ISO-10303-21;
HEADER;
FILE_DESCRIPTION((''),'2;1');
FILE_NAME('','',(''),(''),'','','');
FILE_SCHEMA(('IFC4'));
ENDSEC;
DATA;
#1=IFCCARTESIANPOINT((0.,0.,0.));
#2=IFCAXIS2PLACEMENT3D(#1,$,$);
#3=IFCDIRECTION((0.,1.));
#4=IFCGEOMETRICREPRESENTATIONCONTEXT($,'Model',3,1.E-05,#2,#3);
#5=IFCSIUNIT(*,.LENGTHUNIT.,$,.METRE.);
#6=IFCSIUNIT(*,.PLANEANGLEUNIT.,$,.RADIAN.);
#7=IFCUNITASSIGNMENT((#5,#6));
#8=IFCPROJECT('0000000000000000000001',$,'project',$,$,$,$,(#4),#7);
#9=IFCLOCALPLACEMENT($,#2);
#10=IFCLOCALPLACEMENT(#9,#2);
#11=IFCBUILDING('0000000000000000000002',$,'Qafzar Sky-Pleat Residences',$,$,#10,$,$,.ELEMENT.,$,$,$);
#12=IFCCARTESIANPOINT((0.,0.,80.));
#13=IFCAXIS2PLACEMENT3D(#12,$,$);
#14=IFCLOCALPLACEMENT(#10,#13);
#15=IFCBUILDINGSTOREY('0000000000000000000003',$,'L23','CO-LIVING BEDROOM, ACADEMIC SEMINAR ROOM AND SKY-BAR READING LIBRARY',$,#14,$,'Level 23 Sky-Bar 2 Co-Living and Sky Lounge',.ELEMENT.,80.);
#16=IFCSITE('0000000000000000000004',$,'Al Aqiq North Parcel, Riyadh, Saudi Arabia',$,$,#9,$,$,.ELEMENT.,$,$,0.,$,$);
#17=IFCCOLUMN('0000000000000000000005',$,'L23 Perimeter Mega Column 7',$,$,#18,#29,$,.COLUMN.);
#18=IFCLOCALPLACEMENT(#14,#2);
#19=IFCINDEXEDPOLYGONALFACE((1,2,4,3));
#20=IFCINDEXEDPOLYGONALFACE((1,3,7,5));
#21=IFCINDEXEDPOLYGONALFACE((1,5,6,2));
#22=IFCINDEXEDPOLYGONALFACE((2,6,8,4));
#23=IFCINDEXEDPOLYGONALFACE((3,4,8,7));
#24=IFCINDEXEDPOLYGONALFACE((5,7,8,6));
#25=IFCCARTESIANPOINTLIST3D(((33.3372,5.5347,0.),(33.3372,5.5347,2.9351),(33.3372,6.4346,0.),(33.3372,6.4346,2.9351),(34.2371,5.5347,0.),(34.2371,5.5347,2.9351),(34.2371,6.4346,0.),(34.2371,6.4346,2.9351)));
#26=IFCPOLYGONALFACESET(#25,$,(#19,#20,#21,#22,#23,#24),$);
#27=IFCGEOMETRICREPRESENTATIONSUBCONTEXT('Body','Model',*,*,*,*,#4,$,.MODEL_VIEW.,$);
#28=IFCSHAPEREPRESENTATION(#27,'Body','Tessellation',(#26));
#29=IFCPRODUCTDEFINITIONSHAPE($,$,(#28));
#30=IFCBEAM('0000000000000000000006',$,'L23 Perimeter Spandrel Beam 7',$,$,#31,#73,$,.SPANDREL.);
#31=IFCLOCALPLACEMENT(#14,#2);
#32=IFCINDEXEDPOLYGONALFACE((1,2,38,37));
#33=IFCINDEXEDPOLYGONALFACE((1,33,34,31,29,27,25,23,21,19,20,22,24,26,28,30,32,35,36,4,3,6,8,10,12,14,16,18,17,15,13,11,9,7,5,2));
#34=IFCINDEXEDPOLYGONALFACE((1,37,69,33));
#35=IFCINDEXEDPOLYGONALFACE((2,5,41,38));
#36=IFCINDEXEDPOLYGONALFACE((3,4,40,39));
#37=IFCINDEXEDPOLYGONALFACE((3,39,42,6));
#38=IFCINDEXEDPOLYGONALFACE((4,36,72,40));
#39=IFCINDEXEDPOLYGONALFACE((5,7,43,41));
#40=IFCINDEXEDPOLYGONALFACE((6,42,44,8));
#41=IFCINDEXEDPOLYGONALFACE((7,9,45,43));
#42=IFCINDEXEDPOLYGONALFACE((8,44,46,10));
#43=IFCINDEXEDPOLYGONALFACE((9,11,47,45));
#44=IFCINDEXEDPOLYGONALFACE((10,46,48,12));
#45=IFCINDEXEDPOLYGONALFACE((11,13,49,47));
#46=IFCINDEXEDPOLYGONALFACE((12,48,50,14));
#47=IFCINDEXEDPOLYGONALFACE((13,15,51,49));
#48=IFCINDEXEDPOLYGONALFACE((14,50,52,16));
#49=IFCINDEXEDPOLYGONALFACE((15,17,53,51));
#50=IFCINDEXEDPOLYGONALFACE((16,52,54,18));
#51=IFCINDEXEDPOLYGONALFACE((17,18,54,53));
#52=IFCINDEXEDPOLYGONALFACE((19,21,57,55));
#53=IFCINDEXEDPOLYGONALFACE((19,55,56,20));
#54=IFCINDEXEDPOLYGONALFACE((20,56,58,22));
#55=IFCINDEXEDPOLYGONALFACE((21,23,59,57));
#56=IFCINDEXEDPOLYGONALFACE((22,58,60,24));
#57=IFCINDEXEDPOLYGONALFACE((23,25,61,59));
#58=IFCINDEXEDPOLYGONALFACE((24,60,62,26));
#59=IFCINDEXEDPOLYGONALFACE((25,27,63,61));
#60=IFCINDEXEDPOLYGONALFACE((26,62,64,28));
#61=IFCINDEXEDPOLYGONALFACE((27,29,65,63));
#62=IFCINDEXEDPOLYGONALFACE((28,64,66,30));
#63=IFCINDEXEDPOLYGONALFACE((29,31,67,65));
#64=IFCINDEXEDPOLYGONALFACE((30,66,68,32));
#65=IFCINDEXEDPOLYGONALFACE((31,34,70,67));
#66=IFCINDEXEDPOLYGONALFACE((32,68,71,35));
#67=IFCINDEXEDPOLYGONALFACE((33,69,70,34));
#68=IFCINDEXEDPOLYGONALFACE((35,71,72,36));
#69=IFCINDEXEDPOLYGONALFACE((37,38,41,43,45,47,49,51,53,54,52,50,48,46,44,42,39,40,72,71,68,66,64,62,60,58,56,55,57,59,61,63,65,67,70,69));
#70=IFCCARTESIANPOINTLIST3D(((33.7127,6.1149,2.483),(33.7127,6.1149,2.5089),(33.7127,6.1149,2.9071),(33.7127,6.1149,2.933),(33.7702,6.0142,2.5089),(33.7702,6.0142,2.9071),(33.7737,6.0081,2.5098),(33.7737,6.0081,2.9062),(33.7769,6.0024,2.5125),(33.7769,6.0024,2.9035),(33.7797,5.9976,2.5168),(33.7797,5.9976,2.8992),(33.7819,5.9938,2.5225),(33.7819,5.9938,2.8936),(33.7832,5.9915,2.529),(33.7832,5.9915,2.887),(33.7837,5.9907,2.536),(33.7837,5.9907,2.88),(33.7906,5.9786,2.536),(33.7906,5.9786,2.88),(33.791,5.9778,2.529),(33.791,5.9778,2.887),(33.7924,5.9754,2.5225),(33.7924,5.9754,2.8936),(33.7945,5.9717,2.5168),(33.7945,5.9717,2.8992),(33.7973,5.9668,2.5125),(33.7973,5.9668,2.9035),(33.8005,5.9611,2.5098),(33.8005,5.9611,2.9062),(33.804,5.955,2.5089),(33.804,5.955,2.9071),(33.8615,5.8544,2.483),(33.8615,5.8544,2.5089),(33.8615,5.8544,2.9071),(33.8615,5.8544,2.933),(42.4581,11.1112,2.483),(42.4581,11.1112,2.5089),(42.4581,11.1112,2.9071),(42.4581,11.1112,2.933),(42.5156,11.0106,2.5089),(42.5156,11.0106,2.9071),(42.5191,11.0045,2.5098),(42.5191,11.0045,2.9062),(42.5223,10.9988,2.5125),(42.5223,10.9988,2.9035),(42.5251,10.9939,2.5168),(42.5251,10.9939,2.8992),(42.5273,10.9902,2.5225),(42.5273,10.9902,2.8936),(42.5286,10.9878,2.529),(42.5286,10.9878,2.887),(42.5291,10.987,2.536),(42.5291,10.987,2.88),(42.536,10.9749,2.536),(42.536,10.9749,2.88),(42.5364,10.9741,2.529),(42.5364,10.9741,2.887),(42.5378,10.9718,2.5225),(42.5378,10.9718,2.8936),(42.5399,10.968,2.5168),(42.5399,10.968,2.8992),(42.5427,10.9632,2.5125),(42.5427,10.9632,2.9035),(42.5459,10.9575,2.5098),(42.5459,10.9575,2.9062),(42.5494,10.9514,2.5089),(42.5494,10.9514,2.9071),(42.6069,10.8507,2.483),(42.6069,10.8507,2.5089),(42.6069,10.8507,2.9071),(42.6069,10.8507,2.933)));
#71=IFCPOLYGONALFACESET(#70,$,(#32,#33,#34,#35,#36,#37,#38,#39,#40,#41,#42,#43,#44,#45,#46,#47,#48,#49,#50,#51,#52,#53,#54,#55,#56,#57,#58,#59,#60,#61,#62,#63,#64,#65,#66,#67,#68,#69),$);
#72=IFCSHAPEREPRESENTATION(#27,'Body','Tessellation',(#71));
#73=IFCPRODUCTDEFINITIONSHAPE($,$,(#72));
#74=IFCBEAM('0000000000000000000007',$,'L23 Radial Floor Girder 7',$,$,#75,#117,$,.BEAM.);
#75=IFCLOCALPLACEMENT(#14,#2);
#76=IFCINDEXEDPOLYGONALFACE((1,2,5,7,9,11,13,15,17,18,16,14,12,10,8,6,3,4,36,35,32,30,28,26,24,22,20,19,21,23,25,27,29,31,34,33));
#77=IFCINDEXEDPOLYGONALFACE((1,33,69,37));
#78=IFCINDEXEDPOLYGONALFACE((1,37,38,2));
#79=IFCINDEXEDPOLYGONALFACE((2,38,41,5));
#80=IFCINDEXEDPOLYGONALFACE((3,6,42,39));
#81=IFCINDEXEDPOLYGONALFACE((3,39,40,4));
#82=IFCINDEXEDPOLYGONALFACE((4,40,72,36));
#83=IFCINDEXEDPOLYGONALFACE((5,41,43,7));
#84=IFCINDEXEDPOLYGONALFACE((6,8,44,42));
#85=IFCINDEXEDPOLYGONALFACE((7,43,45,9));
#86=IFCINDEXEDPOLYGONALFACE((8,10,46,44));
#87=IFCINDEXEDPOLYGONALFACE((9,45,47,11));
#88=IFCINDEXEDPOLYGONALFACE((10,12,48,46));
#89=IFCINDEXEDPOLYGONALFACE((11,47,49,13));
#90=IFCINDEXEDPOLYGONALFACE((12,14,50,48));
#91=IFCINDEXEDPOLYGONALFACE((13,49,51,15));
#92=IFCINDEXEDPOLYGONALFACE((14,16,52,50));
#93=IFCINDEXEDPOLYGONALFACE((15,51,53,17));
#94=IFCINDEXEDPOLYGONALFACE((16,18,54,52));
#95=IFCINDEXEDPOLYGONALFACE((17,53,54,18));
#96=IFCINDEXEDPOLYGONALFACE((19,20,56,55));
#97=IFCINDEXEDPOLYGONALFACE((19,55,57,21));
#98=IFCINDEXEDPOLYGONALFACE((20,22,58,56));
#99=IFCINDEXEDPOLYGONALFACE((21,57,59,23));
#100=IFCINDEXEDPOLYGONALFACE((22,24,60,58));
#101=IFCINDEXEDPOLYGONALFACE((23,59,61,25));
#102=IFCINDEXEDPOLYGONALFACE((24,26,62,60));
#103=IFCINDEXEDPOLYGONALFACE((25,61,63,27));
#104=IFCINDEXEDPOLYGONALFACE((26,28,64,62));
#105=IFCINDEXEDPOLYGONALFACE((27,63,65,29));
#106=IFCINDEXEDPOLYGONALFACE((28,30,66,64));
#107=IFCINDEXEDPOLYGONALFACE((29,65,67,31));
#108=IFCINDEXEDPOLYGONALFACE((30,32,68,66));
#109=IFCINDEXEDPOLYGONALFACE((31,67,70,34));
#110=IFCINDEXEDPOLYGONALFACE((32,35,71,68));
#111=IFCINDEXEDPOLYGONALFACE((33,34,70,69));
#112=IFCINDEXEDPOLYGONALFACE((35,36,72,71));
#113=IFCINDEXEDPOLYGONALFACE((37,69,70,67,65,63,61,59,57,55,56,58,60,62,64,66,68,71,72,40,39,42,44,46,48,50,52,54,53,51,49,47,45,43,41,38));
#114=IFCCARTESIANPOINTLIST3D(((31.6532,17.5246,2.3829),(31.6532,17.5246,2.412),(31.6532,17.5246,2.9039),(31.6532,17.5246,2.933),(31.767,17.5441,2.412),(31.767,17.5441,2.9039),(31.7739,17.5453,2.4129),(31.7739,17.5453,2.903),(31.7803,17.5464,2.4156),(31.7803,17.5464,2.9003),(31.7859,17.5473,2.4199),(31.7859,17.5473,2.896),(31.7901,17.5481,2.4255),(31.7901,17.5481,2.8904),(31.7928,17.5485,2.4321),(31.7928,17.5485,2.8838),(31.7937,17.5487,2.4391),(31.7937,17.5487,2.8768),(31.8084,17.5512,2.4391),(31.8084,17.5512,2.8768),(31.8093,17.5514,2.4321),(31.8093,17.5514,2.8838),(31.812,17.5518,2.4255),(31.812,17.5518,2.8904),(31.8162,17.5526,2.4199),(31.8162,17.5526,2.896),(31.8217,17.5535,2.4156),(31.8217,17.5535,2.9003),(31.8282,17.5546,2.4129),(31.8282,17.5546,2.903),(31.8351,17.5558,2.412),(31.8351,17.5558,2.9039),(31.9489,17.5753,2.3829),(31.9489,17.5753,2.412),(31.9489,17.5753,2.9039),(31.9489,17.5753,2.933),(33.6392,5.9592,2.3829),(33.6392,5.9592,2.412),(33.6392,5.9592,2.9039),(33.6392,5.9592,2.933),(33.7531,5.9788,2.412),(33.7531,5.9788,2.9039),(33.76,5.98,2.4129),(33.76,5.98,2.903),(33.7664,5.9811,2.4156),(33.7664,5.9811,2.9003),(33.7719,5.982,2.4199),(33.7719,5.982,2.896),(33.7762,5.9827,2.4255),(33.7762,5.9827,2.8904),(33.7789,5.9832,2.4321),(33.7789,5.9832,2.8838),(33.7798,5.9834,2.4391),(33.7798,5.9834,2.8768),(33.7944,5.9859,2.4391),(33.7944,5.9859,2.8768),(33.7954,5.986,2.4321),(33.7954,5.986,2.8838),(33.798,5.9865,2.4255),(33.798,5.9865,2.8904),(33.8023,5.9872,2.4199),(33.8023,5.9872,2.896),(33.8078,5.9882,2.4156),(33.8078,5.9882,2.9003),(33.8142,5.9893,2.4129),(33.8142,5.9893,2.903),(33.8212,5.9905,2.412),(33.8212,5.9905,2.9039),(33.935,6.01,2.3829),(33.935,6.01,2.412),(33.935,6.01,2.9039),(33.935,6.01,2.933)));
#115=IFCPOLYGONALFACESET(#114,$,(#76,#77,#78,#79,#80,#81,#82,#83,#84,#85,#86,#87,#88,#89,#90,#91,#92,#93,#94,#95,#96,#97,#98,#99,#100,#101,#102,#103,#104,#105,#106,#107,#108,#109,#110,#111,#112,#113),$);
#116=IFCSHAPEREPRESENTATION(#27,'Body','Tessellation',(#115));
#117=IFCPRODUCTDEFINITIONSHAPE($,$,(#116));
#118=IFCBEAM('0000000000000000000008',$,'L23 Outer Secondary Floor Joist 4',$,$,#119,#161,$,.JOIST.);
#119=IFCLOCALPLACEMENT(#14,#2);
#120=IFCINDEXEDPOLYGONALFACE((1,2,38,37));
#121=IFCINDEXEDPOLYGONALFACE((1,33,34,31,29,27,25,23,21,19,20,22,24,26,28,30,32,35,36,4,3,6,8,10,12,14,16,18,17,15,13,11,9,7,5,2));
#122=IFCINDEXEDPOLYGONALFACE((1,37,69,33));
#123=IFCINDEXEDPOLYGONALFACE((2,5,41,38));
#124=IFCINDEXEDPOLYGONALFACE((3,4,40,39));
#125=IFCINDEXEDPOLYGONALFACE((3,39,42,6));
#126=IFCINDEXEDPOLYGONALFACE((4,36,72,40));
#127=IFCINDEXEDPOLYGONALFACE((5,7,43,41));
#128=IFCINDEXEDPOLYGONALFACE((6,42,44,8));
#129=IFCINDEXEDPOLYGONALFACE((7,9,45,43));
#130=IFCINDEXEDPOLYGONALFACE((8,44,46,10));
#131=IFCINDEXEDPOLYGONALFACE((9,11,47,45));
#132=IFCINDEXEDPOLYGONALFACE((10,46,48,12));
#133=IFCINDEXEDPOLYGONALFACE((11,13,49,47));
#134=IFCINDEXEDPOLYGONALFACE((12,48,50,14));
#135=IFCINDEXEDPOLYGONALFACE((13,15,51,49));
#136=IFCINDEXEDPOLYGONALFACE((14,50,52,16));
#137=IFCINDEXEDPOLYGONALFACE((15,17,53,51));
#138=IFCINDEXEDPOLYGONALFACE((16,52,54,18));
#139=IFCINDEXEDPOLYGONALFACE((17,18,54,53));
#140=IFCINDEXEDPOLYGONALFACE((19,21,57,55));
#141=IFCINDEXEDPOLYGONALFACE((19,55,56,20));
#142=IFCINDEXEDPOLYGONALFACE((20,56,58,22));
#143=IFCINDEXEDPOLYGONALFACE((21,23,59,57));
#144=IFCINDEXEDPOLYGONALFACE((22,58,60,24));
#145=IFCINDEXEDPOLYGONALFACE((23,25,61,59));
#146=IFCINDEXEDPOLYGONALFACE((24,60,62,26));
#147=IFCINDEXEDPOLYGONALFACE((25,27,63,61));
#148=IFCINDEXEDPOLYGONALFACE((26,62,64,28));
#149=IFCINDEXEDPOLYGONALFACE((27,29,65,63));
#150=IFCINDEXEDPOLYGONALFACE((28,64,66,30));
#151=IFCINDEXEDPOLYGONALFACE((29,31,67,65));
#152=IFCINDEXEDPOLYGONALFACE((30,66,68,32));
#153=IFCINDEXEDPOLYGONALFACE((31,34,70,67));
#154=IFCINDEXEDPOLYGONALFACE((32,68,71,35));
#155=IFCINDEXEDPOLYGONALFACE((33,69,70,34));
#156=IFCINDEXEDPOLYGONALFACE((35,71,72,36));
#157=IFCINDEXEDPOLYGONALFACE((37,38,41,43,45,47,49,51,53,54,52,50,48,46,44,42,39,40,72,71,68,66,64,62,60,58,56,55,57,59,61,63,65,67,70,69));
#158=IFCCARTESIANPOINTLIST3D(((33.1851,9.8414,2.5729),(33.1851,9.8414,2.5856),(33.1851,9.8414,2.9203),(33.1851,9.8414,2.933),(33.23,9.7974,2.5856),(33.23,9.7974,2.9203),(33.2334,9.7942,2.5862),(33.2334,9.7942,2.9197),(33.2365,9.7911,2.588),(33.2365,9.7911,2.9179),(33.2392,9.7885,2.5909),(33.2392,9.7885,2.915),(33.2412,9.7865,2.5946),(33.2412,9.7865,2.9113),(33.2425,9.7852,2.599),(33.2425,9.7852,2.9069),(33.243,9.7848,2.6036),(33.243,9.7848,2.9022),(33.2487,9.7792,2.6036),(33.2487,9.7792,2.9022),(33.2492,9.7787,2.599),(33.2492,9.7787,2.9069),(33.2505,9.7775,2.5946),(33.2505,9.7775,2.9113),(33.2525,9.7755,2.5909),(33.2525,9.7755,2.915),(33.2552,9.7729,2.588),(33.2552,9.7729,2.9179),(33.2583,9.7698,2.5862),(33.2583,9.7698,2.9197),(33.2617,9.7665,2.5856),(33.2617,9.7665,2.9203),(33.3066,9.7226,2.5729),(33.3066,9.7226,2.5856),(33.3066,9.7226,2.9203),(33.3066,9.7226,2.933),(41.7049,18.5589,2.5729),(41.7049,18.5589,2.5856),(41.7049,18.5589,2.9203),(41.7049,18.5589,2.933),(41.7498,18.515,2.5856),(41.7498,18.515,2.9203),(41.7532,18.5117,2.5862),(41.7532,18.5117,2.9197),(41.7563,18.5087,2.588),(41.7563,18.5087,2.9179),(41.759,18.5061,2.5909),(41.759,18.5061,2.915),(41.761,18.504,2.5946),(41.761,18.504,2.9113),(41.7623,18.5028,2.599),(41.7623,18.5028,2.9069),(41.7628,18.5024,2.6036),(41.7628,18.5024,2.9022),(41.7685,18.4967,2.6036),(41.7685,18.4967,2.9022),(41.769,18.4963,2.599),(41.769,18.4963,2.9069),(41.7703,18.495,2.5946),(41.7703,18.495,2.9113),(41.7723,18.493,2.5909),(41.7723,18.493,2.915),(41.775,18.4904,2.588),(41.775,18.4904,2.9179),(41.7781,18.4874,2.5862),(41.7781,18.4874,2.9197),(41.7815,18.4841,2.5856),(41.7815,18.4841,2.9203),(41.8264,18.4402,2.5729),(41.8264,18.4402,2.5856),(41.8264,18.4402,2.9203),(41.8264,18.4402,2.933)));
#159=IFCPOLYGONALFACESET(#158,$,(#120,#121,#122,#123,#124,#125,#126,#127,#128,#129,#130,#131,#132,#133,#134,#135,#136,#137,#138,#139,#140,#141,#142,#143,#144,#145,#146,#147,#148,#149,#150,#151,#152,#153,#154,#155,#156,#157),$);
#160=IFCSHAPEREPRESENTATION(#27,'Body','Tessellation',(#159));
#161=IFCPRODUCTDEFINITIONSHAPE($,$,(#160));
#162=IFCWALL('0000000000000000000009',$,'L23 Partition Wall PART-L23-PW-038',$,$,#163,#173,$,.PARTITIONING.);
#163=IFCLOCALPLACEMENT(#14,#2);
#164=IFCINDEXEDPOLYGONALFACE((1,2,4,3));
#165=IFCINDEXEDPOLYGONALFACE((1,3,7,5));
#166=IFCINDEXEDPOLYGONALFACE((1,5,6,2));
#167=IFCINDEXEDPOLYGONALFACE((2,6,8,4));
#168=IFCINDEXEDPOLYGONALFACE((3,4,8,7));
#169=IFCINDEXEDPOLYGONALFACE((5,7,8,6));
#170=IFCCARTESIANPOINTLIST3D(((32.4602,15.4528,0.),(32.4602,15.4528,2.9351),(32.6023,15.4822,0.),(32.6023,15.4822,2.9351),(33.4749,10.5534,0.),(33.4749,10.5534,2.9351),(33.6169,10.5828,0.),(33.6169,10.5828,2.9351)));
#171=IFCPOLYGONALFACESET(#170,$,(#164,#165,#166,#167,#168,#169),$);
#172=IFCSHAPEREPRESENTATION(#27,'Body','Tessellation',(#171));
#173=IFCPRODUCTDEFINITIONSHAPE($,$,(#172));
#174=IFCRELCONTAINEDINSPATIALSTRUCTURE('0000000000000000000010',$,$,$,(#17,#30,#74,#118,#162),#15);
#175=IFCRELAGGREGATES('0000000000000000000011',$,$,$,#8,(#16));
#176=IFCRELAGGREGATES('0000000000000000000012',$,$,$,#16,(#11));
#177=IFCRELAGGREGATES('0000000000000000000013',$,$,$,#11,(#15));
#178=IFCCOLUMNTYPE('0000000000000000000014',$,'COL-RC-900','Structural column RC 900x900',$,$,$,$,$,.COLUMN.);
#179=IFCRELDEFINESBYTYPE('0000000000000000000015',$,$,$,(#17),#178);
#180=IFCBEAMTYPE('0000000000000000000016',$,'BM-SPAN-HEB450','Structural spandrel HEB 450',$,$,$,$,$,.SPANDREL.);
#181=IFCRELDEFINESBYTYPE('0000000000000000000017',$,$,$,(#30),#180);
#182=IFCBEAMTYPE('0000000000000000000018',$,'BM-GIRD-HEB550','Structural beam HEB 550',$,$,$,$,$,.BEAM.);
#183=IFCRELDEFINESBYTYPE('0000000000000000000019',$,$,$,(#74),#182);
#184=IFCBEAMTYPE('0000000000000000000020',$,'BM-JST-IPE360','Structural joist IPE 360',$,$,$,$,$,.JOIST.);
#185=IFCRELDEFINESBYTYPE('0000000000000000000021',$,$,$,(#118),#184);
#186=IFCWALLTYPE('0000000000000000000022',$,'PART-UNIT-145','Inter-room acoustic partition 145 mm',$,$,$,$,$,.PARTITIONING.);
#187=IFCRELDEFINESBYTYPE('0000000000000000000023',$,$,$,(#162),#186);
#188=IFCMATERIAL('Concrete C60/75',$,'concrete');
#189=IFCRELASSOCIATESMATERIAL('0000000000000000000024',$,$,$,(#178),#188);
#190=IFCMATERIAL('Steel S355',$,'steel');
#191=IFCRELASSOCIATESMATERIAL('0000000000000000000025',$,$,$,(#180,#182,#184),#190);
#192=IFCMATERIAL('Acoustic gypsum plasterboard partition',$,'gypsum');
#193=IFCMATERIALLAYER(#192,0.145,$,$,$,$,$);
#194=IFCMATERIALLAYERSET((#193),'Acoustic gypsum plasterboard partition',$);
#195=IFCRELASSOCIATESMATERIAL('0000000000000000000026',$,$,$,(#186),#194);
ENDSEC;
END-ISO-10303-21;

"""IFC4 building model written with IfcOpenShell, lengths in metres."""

from ifc_helpers import new_model, si_unit, direction, frame, frame_2d, origin, origin_2d, place, context, subcontext, project, spatial, rectangle, i_section, extrude, source, transform, mapped, material, layer, layer_set, material_profile, profile_set, type_object, element, save


model = new_model("IFC4")

# Units and contexts
model_context = context("Model", 3, precision=1e-05, world=origin(), true_north=direction((0.0, 1.0)))
body_context = subcontext(model_context, "Body", "Model", "MODEL_VIEW")
ifc_project = project(units=[si_unit("LENGTHUNIT", "METRE"), si_unit("PLANEANGLEUNIT", "RADIAN")], contexts=[model_context])

# Site, building, storey
site_placement = place(None, origin())
site = spatial("IfcSite", under=ifc_project, at=site_placement, Name="Al Aqiq North Parcel, Riyadh, Saudi Arabia", CompositionType="ELEMENT", RefElevation=0.0)
building_placement = place(site_placement, origin())
building = spatial("IfcBuilding", under=site, at=building_placement, Name="Qafzar Sky-Pleat Residences", CompositionType="ELEMENT")
storey_placement = place(building_placement, frame((0.0, 0.0, 80.0)))
storey = spatial("IfcBuildingStorey", under=building, at=storey_placement, Name="L23", Description="CO-LIVING BEDROOM, ACADEMIC SEMINAR ROOM AND SKY-BAR READING LIBRARY", LongName="Level 23 Sky-Bar 2 Co-Living and Sky Lounge", CompositionType="ELEMENT", Elevation=80.0)

# Column
ifc_material_1 = material(Name="Concrete C60/75", Category="concrete")
ifc_material_profile_1 = material_profile(ifc_material_1, rectangle(XDim=0.8999, YDim=0.8999, at=origin_2d()), Name="RC 900x900")
ifc_profile_set_1 = profile_set([ifc_material_profile_1], Name="Concrete C60/75")
column_type = type_object("IfcColumnType", Name="COL-RC-900", Description="Structural column RC 900x900", PredefinedType="COLUMN", material=ifc_profile_set_1)
shared_shape_1 = source(origin(), body_context, "Body", "SweptSolid", [
    extrude(rectangle(XDim=0.8999, YDim=0.8999, at=origin_2d()), origin(), (0.0, 0.0, 1.0), 2.9351),
])
column_placement = place(storey_placement, frame((33.7871, 5.9846, 0.0), z_axis=(0.0, 0.0, 1.0), x_axis=(1.0, 0.0, 0.0)))
element("IfcColumn", 1, at=column_placement, inside=storey, type_object=column_type, Name="L23 Perimeter Mega Column 7", PredefinedType="COLUMN", context=body_context, shape_type="MappedRepresentation", body=[
    mapped(shared_shape_1, transform((0.0, 0.0, 0.0), x_axis=(1.0, 0.0, 0.0), y_axis=(0.0, 1.0, 0.0), z_axis=(0.0, 0.0, 1.0), scale=1.0)),
])

# Beams
ifc_material_2 = material(Name="Steel S355", Category="steel")
ifc_material_profile_2 = material_profile(ifc_material_2, i_section(OverallWidth=0.3, OverallDepth=0.45, WebThickness=0.0139, FlangeThickness=0.0259, FilletRadius=0.0271, at=origin_2d()), Name="HEB 450")
ifc_profile_set_2 = profile_set([ifc_material_profile_2], Name="Steel S355")
beam_type_1 = type_object("IfcBeamType", Name="BM-SPAN-HEB450", Description="Structural spandrel HEB 450", PredefinedType="SPANDREL", material=ifc_profile_set_2)
shared_shape_2 = source(origin(), body_context, "Body", "SweptSolid", [
    extrude(i_section(OverallWidth=0.3, OverallDepth=0.45, WebThickness=0.0139, FlangeThickness=0.0259, FilletRadius=0.0271, at=origin_2d()), origin(), (0.0, 0.0, 1.0), 10.072),
])
beam_1_placement = place(storey_placement, frame((33.7871, 5.9846, 2.708), z_axis=(0.868286, 0.496063, 0.0), x_axis=(-0.496063, 0.868286, 0.0)))
element("IfcBeam", 2, at=beam_1_placement, inside=storey, type_object=beam_type_1, Name="L23 Perimeter Spandrel Beam 7", PredefinedType="SPANDREL", context=body_context, shape_type="MappedRepresentation", body=[
    mapped(shared_shape_2, transform((0.0, 0.0, 0.0), x_axis=(1.0, 0.0, 0.0), y_axis=(0.0, 1.0, 0.0), z_axis=(0.0, 0.0, 1.0), scale=1.0)),
])
ifc_material_profile_3 = material_profile(ifc_material_2, i_section(OverallWidth=0.3, OverallDepth=0.55, WebThickness=0.0149, FlangeThickness=0.0291, FilletRadius=0.0271, at=origin_2d()), Name="HEB 550")
ifc_profile_set_3 = profile_set([ifc_material_profile_3], Name="Steel S355")
beam_type_2 = type_object("IfcBeamType", Name="BM-GIRD-HEB550", Description="Structural beam HEB 550", PredefinedType="BEAM", material=ifc_profile_set_3)
shared_shape_3 = source(origin(), body_context, "Body", "SweptSolid", [
    extrude(i_section(OverallWidth=0.3, OverallDepth=0.55, WebThickness=0.0149, FlangeThickness=0.0291, FilletRadius=0.0271, at=origin_2d()), origin(), (0.0, 0.0, 1.0), 11.7346),
])
beam_2_placement = place(storey_placement, frame((33.7871, 5.9846, 2.658), z_axis=(-0.169248, 0.985573, 0.0), x_axis=(-0.985573, -0.169248, 0.0)))
element("IfcBeam", 3, at=beam_2_placement, inside=storey, type_object=beam_type_2, Name="L23 Radial Floor Girder 7", PredefinedType="BEAM", context=body_context, shape_type="MappedRepresentation", body=[
    mapped(shared_shape_3, transform((0.0, 0.0, 0.0), x_axis=(1.0, 0.0, 0.0), y_axis=(0.0, 1.0, 0.0), z_axis=(0.0, 0.0, 1.0), scale=1.0)),
])
ifc_material_profile_4 = material_profile(ifc_material_2, i_section(OverallWidth=0.1699, OverallDepth=0.3601, WebThickness=0.0081, FlangeThickness=0.0127, FilletRadius=0.0181, at=origin_2d()), Name="IPE 360")
ifc_profile_set_4 = profile_set([ifc_material_profile_4], Name="Steel S355")
beam_type_3 = type_object("IfcBeamType", Name="BM-JST-IPE360", Description="Structural joist IPE 360", PredefinedType="JOIST", material=ifc_profile_set_4)
shared_shape_4 = source(origin(), body_context, "Body", "SweptSolid", [
    extrude(i_section(OverallWidth=0.1699, OverallDepth=0.3601, WebThickness=0.0081, FlangeThickness=0.0127, FilletRadius=0.0181, at=origin_2d()), origin(), (0.0, 0.0, 1.0), 12.1895),
])
beam_3_placement = place(storey_placement, frame((33.2458, 9.782, 2.7529), z_axis=(0.698949, 0.715172, 0.0), x_axis=(-0.715172, 0.698949, 0.0)))
element("IfcBeam", 4, at=beam_3_placement, inside=storey, type_object=beam_type_3, Name="L23 Outer Secondary Floor Joist 4", PredefinedType="JOIST", context=body_context, shape_type="MappedRepresentation", body=[
    mapped(shared_shape_4, transform((0.0, 0.0, 0.0), x_axis=(1.0, 0.0, 0.0), y_axis=(0.0, 1.0, 0.0), z_axis=(0.0, 0.0, 1.0), scale=1.0)),
])

# Wall
ifc_material_3 = material(Name="Acoustic gypsum plasterboard partition", Category="gypsum")
ifc_layer_1 = layer(ifc_material_3, 0.145)
ifc_layer_set_1 = layer_set([ifc_layer_1], Name="Acoustic gypsum plasterboard partition")
wall_type_1 = type_object("IfcWallType", Name="PART-UNIT-145", Description="Inter-room acoustic partition 145 mm", PredefinedType="PARTITIONING", material=ifc_layer_set_1)
wall_1_placement = place(storey_placement, frame((32.5312, 15.4675, 0.0), z_axis=(0.0, 0.0, 1.0), x_axis=(0.202793, -0.979222, 0.0)))
element("IfcWall", 5, at=wall_1_placement, inside=storey, type_object=wall_type_1, Name="L23 Partition Wall PART-L23-PW-038", PredefinedType="PARTITIONING", context=body_context, shape_type="SweptSolid", body=[
    extrude(rectangle(XDim=5.0034, YDim=0.145, at=frame_2d((2.5017, 0.0))), origin(), (0.0, 0.0, 1.0), 2.9351),
])

save(model, "model.ifc")
